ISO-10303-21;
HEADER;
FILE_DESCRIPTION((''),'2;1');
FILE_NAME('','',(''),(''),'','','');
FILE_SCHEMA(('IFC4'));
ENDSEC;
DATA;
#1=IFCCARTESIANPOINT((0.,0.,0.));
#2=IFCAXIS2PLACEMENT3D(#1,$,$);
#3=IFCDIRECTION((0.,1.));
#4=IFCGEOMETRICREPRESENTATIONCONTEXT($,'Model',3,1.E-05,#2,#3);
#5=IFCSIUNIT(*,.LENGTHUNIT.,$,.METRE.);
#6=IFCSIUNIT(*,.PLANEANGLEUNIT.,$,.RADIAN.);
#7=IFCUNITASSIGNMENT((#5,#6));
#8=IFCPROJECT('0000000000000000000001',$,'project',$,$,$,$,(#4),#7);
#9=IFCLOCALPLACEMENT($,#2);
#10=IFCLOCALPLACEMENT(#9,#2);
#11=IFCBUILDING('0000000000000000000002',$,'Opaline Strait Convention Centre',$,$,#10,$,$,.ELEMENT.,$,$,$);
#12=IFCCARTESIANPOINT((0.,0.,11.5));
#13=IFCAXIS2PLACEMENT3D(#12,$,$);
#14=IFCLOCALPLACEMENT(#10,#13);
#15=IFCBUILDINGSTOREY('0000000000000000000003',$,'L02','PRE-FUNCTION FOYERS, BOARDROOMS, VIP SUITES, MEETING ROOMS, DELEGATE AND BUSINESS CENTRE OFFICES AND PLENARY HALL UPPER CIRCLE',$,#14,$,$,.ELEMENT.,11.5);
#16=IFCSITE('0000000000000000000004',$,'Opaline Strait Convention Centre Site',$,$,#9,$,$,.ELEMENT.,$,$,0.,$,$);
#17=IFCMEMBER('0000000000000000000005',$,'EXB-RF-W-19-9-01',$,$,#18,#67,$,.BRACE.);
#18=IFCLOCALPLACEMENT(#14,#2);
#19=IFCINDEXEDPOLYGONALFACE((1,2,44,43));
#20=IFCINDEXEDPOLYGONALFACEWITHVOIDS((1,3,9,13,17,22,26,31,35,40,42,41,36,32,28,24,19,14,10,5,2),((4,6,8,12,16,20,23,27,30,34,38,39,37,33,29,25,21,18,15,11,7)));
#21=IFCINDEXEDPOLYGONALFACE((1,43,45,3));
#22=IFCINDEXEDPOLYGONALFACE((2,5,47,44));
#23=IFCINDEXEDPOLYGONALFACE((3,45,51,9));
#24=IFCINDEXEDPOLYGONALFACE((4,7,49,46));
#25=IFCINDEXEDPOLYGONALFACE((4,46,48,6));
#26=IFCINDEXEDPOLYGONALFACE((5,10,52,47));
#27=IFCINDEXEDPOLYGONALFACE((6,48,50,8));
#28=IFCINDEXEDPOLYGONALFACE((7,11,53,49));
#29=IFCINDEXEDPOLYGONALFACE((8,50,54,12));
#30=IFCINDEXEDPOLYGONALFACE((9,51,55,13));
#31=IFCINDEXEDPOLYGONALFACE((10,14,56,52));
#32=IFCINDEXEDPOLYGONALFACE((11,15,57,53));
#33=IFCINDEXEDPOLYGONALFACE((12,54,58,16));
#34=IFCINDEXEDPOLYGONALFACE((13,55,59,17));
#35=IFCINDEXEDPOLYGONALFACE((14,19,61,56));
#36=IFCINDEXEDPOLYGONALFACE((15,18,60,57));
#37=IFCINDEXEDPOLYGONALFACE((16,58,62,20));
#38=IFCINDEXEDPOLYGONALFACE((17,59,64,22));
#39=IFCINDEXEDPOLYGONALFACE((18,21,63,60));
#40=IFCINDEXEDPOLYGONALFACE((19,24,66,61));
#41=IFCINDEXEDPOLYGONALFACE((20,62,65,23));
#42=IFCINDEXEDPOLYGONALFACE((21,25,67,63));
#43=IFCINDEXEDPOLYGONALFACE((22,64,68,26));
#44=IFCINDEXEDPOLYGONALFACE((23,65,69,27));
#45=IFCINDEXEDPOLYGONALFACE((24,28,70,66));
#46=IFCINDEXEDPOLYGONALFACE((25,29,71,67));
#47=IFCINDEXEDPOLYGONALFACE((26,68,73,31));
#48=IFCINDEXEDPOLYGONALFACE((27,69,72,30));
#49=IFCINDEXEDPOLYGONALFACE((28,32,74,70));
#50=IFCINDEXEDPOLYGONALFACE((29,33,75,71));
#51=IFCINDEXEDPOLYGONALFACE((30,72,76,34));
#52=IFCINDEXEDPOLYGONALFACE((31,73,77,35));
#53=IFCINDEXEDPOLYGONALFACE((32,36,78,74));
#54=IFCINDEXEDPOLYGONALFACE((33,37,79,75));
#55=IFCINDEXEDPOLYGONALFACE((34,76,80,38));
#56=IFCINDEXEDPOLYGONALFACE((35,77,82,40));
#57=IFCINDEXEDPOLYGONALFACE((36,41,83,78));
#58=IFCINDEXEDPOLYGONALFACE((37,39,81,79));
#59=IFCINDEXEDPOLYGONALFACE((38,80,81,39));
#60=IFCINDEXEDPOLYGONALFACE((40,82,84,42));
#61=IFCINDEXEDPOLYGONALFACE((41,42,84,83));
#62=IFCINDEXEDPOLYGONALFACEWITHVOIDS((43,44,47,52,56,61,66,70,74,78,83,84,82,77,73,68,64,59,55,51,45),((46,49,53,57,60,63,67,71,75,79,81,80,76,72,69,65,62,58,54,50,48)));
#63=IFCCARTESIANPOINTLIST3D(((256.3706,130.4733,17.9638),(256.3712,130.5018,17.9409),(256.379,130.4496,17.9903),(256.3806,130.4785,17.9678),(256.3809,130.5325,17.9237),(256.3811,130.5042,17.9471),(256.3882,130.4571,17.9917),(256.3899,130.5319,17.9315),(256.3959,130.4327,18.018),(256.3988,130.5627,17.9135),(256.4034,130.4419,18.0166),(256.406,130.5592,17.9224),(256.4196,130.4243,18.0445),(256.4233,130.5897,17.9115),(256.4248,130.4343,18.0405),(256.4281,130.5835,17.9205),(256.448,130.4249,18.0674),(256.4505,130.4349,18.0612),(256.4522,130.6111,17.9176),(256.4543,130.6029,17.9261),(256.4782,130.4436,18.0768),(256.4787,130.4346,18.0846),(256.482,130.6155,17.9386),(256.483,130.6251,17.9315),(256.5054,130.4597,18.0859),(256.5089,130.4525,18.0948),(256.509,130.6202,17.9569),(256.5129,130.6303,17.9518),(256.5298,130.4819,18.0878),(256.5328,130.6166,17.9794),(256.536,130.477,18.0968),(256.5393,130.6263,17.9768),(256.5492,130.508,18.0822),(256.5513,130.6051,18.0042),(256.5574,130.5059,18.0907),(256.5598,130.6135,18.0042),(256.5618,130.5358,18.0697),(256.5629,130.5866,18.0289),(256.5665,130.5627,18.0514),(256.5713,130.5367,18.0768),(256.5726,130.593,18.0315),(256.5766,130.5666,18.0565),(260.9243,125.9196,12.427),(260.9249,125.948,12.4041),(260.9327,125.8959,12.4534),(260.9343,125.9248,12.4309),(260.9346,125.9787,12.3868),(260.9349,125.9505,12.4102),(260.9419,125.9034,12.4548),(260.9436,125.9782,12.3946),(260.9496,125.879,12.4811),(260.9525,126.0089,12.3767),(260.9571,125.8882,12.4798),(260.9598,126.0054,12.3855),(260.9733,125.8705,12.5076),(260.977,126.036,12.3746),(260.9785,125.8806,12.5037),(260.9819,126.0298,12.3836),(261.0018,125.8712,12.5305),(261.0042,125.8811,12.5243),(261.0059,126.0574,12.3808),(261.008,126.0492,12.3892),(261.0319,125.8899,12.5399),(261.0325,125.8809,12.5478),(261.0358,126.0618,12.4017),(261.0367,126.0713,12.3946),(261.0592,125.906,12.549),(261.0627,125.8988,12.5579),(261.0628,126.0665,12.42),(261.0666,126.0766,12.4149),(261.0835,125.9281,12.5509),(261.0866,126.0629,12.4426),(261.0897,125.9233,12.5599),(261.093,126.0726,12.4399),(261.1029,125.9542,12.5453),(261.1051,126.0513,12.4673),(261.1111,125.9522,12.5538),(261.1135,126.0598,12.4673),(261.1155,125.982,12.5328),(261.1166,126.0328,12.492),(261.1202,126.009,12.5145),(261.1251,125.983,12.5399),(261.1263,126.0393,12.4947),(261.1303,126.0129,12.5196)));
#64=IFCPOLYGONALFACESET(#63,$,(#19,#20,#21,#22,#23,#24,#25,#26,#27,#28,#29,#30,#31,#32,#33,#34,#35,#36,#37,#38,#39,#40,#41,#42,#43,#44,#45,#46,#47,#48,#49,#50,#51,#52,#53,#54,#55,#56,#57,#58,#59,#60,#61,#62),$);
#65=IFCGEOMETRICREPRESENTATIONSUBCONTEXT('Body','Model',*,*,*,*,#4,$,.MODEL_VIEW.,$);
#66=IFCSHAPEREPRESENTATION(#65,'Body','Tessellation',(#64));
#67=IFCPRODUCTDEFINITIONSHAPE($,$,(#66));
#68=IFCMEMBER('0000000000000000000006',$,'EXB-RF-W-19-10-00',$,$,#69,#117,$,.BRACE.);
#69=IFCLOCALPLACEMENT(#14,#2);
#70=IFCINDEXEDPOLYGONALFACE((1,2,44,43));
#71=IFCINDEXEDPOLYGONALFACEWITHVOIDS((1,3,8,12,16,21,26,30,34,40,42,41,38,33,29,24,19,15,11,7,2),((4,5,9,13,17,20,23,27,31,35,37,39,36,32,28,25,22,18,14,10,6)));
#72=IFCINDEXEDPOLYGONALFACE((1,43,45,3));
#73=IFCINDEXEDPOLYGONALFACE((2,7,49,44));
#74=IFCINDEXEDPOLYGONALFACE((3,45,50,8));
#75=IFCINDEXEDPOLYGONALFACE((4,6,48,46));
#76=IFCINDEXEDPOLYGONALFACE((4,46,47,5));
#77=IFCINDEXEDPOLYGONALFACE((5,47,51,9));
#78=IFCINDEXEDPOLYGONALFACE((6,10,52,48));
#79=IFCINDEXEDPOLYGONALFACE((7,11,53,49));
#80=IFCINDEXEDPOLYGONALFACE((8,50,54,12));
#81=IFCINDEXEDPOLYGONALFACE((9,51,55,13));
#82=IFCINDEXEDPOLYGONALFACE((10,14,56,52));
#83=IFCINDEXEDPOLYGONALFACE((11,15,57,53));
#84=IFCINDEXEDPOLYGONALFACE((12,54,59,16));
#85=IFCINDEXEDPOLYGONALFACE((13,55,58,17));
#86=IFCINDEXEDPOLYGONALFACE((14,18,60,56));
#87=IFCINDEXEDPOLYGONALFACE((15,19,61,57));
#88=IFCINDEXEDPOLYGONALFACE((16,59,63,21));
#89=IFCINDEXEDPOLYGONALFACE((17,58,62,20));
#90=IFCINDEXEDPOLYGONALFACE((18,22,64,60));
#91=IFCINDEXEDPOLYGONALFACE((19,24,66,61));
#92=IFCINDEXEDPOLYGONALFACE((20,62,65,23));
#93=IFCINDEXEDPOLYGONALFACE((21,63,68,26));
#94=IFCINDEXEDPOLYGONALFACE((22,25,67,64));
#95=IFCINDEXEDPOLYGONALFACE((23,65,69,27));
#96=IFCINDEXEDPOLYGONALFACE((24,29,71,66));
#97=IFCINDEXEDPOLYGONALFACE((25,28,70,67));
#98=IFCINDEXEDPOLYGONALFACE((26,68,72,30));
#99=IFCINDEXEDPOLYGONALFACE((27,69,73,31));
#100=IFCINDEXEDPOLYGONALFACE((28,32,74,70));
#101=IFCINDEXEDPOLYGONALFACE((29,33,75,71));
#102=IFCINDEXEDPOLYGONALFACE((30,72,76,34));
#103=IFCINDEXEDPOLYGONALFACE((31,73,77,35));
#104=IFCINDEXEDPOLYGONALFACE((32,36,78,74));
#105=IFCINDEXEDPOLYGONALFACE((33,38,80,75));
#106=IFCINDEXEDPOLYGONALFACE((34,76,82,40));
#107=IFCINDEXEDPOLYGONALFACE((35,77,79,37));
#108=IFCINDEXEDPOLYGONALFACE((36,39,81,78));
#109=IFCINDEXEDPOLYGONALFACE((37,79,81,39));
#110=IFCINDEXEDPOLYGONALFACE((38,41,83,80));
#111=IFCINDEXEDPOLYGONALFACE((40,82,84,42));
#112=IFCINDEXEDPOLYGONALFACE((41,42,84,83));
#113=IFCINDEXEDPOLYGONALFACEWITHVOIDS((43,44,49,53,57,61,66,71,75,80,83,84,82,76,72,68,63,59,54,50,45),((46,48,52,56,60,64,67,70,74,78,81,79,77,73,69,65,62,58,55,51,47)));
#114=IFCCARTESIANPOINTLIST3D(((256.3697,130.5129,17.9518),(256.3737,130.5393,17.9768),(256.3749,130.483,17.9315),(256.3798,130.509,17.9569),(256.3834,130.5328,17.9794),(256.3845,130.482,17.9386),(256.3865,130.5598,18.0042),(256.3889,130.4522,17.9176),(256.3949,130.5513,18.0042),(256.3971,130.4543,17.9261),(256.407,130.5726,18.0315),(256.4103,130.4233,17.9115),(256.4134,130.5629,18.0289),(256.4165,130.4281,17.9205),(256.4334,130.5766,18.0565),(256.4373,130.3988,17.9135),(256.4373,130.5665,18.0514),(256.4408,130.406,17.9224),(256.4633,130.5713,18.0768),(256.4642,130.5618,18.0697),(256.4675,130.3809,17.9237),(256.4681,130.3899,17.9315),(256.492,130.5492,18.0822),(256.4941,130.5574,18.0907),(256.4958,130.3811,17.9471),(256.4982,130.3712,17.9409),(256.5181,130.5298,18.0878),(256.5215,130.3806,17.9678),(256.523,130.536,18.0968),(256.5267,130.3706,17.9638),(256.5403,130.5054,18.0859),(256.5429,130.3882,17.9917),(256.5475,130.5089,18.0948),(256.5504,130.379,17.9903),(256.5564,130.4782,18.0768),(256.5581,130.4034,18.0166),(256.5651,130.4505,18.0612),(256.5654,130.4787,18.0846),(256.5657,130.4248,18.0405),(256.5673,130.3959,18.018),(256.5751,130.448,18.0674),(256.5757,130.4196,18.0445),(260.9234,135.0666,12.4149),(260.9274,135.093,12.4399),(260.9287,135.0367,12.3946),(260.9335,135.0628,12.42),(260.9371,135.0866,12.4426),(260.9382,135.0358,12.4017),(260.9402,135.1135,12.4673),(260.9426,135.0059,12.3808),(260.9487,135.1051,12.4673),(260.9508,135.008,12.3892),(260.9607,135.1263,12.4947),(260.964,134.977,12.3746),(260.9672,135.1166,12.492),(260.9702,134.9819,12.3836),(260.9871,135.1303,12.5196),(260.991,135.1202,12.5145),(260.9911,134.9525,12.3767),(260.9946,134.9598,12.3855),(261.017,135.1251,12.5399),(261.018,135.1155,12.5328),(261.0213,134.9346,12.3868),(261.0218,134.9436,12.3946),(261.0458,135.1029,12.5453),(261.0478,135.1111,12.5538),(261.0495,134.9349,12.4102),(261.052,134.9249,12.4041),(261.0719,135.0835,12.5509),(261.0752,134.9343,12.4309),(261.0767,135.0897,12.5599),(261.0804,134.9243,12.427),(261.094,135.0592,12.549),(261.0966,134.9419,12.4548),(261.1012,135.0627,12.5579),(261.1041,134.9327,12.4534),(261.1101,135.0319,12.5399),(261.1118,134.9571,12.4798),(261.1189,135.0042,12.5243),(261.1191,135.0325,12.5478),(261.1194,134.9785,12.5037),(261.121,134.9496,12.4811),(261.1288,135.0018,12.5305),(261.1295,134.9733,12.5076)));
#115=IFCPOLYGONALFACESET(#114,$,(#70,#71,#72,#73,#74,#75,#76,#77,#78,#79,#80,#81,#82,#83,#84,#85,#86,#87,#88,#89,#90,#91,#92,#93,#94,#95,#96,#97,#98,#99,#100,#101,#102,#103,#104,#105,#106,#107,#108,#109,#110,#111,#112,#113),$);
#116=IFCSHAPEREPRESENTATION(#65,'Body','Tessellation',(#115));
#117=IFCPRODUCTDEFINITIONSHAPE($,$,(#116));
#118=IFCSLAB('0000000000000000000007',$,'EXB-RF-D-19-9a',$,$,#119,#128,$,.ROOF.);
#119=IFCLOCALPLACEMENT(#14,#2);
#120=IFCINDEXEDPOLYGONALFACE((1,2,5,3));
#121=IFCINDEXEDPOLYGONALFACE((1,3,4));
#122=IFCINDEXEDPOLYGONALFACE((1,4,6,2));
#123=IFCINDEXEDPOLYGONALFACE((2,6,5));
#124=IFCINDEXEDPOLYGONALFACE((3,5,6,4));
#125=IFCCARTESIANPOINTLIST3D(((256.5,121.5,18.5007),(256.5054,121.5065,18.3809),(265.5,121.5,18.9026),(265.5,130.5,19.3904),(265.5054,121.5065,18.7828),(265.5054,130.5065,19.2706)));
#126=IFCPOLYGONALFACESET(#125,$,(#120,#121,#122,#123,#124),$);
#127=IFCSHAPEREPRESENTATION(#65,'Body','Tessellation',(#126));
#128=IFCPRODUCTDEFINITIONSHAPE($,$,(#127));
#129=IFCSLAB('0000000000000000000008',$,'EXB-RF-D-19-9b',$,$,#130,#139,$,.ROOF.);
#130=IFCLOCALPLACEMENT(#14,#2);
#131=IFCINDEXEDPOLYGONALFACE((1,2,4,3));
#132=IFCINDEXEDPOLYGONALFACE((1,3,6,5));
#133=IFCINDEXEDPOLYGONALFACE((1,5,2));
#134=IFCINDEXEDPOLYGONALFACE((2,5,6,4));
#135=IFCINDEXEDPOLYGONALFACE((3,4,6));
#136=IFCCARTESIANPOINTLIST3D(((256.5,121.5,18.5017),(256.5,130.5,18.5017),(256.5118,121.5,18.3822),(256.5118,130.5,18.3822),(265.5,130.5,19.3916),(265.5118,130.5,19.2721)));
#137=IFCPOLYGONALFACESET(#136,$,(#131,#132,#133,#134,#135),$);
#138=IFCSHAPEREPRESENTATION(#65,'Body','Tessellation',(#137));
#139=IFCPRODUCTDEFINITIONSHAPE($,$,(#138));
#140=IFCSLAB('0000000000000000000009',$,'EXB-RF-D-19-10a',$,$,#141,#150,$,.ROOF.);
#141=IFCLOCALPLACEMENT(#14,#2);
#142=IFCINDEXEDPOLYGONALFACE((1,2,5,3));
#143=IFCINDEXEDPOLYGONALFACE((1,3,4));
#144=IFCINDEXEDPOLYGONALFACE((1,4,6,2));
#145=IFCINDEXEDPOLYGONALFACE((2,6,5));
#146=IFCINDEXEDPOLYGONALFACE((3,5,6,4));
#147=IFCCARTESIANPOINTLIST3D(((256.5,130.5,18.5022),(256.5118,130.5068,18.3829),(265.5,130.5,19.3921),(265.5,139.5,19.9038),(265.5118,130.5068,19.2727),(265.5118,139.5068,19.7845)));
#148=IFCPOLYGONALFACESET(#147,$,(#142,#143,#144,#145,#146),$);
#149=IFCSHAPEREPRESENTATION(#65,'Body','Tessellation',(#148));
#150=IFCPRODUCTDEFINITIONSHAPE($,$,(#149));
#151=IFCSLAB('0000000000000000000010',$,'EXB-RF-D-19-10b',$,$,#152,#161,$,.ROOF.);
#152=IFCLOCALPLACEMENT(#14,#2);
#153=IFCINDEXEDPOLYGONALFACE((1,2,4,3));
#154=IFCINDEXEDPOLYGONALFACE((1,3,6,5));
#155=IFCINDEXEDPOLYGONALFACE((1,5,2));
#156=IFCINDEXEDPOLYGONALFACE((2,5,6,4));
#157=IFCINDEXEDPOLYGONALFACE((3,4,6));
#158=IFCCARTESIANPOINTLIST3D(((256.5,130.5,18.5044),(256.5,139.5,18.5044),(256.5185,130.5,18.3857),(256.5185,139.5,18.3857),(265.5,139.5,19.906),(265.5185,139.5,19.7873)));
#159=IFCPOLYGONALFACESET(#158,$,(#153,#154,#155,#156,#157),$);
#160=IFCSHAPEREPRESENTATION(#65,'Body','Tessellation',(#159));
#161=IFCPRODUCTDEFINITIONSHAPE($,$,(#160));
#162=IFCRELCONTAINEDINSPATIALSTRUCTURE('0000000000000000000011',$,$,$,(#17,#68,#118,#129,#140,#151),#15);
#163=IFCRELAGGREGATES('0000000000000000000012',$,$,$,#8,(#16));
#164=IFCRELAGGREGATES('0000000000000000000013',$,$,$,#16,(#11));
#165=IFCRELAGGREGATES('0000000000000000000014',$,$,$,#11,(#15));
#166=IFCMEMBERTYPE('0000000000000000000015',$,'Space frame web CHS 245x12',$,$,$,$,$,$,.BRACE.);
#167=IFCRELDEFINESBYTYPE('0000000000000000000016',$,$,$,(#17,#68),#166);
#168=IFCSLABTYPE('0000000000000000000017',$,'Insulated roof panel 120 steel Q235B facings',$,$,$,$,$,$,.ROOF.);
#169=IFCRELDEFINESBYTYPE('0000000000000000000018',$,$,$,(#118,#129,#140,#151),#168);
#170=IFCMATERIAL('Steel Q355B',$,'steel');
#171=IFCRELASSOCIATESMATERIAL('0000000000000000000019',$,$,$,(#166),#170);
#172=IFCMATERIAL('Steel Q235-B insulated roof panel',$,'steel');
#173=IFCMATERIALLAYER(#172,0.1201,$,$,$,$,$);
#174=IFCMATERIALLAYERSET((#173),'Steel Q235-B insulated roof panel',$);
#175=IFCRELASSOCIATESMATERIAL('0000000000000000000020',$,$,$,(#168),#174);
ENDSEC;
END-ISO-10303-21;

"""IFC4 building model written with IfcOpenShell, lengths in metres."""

from ifc_helpers import new_model, si_unit, direction, frame, origin, origin_2d, place, context, subcontext, project, spatial, polyline, hollow_circle, outline, extrude, material, layer, layer_set, material_profile, profile_set, type_object, element, save


model = new_model("IFC4")

# Units and contexts
model_context = context("Model", 3, precision=1e-05, world=origin(), true_north=direction((0.0, 1.0)))
body_context = subcontext(model_context, "Body", "Model", "MODEL_VIEW")
ifc_project = project(units=[si_unit("LENGTHUNIT", "METRE"), si_unit("PLANEANGLEUNIT", "RADIAN")], contexts=[model_context])

# Site, building, storey
site_placement = place(None, origin())
site = spatial("IfcSite", under=ifc_project, at=site_placement, Name="Opaline Strait Convention Centre Site", CompositionType="ELEMENT", RefElevation=0.0)
building_placement = place(site_placement, origin())
building = spatial("IfcBuilding", under=site, at=building_placement, Name="Opaline Strait Convention Centre", CompositionType="ELEMENT")
storey_placement = place(building_placement, frame((0.0, 0.0, 11.5)))
storey = spatial("IfcBuildingStorey", under=building, at=storey_placement, Name="L02", Description="PRE-FUNCTION FOYERS, BOARDROOMS, VIP SUITES, MEETING ROOMS, DELEGATE AND BUSINESS CENTRE OFFICES AND PLENARY HALL UPPER CIRCLE", CompositionType="ELEMENT", Elevation=11.5)

# Members
ifc_material_1 = material(Name="Steel Q355B", Category="steel")
ifc_material_profile_1 = material_profile(ifc_material_1, hollow_circle(Radius=0.1226, WallThickness=0.012, at=origin_2d()), Name="CHS 245x12")
ifc_profile_set_1 = profile_set([ifc_material_profile_1], Name="Steel Q355B")
member_type_1 = type_object("IfcMemberType", Name="Space frame web CHS 245x12", PredefinedType="BRACE", material=ifc_profile_set_1)
for number, where, z_axis, x_axis, name in (
    (1, (256.4731, 130.5269, 18.0042), (0.536178, -0.536178, -0.65194), (0.707107, 0.707107, 0.0), "EXB-RF-W-19-9-01"),
    (2, (256.4731, 130.4731, 18.0042), (0.536178, 0.536178, -0.65194), (-0.707107, 0.707107, 0.0), "EXB-RF-W-19-10-00"),
):
    element("IfcMember", number, at=place(storey_placement, frame(where, z_axis=z_axis, x_axis=x_axis)), inside=storey, type_object=member_type_1, Name=name, PredefinedType="BRACE", context=body_context, shape_type="SweptSolid", body=[
        extrude(hollow_circle(Radius=0.1226, WallThickness=0.012, at=origin_2d()), origin(), (0.0, 0.0, 1.0), 8.4929),
    ])

# Slabs
ifc_material_2 = material(Name="Steel Q235-B insulated roof panel", Category="steel")
ifc_layer = layer(ifc_material_2, 0.1201)
ifc_layer_set = layer_set([ifc_layer], Name="Steel Q235-B insulated roof panel")
slab_type = type_object("IfcSlabType", Name="Insulated roof panel 120 steel Q235B facings", PredefinedType="ROOF", material=ifc_layer_set)
slab_1_placement = place(storey_placement, frame((256.5, 121.5, 18.5007), z_axis=(-0.044541, -0.054066, 0.997543), x_axis=(0.999005, 0.0, 0.044606)))
element("IfcSlab", 3, at=slab_1_placement, inside=storey, type_object=slab_type, Name="EXB-RF-D-19-9a", PredefinedType="ROOF", context=body_context, shape_type="SweptSolid", body=[
    extrude(outline(polyline([(0.0, 0.0), (9.009, 0.0), (9.0307, 9.0132), (0.0, 0.0)])), origin(), (0.0, 0.0, -1.0), 0.1201),
])
slab_2_placement = place(storey_placement, frame((256.5, 121.5, 18.5017), z_axis=(-0.098397, 0.0, 0.995147), x_axis=(0.705385, 0.705385, 0.069746)))
element("IfcSlab", 4, at=slab_2_placement, inside=storey, type_object=slab_type, Name="EXB-RF-D-19-9b", PredefinedType="ROOF", context=body_context, shape_type="SweptSolid", body=[
    extrude(outline(polyline([(0.0, 0.0), (12.759, 0.0), (6.3485, 6.3794), (0.0, 0.0)])), origin(), (0.0, 0.0, -1.0), 0.1201),
])
slab_3_placement = place(storey_placement, frame((256.5, 130.5, 18.5022), z_axis=(-0.09824, -0.056491, 0.993558), x_axis=(0.995147, 0.0, 0.098397)))
element("IfcSlab", 5, at=slab_3_placement, inside=storey, type_object=slab_type, Name="EXB-RF-D-19-10a", PredefinedType="ROOF", context=body_context, shape_type="SweptSolid", body=[
    extrude(outline(polyline([(0.0, 0.0), (9.0439, 0.0), (9.0942, 9.0144), (0.0, 0.0)])), origin(), (0.0, 0.0, -1.0), 0.1201),
])
slab_4_placement = place(storey_placement, frame((256.5, 130.5, 18.5044), z_axis=(-0.15388, 0.0, 0.98809), x_axis=(0.702858, 0.702858, 0.109459)))
element("IfcSlab", 6, at=slab_4_placement, inside=storey, type_object=slab_type, Name="EXB-RF-D-19-10b", PredefinedType="ROOF", context=body_context, shape_type="SweptSolid", body=[
    extrude(outline(polyline([(0.0, 0.0), (12.8049, 0.0), (6.3257, 6.402), (0.0, 0.0)])), origin(), (0.0, 0.0, -1.0), 0.1201),
])

save(model, "model.ifc")
